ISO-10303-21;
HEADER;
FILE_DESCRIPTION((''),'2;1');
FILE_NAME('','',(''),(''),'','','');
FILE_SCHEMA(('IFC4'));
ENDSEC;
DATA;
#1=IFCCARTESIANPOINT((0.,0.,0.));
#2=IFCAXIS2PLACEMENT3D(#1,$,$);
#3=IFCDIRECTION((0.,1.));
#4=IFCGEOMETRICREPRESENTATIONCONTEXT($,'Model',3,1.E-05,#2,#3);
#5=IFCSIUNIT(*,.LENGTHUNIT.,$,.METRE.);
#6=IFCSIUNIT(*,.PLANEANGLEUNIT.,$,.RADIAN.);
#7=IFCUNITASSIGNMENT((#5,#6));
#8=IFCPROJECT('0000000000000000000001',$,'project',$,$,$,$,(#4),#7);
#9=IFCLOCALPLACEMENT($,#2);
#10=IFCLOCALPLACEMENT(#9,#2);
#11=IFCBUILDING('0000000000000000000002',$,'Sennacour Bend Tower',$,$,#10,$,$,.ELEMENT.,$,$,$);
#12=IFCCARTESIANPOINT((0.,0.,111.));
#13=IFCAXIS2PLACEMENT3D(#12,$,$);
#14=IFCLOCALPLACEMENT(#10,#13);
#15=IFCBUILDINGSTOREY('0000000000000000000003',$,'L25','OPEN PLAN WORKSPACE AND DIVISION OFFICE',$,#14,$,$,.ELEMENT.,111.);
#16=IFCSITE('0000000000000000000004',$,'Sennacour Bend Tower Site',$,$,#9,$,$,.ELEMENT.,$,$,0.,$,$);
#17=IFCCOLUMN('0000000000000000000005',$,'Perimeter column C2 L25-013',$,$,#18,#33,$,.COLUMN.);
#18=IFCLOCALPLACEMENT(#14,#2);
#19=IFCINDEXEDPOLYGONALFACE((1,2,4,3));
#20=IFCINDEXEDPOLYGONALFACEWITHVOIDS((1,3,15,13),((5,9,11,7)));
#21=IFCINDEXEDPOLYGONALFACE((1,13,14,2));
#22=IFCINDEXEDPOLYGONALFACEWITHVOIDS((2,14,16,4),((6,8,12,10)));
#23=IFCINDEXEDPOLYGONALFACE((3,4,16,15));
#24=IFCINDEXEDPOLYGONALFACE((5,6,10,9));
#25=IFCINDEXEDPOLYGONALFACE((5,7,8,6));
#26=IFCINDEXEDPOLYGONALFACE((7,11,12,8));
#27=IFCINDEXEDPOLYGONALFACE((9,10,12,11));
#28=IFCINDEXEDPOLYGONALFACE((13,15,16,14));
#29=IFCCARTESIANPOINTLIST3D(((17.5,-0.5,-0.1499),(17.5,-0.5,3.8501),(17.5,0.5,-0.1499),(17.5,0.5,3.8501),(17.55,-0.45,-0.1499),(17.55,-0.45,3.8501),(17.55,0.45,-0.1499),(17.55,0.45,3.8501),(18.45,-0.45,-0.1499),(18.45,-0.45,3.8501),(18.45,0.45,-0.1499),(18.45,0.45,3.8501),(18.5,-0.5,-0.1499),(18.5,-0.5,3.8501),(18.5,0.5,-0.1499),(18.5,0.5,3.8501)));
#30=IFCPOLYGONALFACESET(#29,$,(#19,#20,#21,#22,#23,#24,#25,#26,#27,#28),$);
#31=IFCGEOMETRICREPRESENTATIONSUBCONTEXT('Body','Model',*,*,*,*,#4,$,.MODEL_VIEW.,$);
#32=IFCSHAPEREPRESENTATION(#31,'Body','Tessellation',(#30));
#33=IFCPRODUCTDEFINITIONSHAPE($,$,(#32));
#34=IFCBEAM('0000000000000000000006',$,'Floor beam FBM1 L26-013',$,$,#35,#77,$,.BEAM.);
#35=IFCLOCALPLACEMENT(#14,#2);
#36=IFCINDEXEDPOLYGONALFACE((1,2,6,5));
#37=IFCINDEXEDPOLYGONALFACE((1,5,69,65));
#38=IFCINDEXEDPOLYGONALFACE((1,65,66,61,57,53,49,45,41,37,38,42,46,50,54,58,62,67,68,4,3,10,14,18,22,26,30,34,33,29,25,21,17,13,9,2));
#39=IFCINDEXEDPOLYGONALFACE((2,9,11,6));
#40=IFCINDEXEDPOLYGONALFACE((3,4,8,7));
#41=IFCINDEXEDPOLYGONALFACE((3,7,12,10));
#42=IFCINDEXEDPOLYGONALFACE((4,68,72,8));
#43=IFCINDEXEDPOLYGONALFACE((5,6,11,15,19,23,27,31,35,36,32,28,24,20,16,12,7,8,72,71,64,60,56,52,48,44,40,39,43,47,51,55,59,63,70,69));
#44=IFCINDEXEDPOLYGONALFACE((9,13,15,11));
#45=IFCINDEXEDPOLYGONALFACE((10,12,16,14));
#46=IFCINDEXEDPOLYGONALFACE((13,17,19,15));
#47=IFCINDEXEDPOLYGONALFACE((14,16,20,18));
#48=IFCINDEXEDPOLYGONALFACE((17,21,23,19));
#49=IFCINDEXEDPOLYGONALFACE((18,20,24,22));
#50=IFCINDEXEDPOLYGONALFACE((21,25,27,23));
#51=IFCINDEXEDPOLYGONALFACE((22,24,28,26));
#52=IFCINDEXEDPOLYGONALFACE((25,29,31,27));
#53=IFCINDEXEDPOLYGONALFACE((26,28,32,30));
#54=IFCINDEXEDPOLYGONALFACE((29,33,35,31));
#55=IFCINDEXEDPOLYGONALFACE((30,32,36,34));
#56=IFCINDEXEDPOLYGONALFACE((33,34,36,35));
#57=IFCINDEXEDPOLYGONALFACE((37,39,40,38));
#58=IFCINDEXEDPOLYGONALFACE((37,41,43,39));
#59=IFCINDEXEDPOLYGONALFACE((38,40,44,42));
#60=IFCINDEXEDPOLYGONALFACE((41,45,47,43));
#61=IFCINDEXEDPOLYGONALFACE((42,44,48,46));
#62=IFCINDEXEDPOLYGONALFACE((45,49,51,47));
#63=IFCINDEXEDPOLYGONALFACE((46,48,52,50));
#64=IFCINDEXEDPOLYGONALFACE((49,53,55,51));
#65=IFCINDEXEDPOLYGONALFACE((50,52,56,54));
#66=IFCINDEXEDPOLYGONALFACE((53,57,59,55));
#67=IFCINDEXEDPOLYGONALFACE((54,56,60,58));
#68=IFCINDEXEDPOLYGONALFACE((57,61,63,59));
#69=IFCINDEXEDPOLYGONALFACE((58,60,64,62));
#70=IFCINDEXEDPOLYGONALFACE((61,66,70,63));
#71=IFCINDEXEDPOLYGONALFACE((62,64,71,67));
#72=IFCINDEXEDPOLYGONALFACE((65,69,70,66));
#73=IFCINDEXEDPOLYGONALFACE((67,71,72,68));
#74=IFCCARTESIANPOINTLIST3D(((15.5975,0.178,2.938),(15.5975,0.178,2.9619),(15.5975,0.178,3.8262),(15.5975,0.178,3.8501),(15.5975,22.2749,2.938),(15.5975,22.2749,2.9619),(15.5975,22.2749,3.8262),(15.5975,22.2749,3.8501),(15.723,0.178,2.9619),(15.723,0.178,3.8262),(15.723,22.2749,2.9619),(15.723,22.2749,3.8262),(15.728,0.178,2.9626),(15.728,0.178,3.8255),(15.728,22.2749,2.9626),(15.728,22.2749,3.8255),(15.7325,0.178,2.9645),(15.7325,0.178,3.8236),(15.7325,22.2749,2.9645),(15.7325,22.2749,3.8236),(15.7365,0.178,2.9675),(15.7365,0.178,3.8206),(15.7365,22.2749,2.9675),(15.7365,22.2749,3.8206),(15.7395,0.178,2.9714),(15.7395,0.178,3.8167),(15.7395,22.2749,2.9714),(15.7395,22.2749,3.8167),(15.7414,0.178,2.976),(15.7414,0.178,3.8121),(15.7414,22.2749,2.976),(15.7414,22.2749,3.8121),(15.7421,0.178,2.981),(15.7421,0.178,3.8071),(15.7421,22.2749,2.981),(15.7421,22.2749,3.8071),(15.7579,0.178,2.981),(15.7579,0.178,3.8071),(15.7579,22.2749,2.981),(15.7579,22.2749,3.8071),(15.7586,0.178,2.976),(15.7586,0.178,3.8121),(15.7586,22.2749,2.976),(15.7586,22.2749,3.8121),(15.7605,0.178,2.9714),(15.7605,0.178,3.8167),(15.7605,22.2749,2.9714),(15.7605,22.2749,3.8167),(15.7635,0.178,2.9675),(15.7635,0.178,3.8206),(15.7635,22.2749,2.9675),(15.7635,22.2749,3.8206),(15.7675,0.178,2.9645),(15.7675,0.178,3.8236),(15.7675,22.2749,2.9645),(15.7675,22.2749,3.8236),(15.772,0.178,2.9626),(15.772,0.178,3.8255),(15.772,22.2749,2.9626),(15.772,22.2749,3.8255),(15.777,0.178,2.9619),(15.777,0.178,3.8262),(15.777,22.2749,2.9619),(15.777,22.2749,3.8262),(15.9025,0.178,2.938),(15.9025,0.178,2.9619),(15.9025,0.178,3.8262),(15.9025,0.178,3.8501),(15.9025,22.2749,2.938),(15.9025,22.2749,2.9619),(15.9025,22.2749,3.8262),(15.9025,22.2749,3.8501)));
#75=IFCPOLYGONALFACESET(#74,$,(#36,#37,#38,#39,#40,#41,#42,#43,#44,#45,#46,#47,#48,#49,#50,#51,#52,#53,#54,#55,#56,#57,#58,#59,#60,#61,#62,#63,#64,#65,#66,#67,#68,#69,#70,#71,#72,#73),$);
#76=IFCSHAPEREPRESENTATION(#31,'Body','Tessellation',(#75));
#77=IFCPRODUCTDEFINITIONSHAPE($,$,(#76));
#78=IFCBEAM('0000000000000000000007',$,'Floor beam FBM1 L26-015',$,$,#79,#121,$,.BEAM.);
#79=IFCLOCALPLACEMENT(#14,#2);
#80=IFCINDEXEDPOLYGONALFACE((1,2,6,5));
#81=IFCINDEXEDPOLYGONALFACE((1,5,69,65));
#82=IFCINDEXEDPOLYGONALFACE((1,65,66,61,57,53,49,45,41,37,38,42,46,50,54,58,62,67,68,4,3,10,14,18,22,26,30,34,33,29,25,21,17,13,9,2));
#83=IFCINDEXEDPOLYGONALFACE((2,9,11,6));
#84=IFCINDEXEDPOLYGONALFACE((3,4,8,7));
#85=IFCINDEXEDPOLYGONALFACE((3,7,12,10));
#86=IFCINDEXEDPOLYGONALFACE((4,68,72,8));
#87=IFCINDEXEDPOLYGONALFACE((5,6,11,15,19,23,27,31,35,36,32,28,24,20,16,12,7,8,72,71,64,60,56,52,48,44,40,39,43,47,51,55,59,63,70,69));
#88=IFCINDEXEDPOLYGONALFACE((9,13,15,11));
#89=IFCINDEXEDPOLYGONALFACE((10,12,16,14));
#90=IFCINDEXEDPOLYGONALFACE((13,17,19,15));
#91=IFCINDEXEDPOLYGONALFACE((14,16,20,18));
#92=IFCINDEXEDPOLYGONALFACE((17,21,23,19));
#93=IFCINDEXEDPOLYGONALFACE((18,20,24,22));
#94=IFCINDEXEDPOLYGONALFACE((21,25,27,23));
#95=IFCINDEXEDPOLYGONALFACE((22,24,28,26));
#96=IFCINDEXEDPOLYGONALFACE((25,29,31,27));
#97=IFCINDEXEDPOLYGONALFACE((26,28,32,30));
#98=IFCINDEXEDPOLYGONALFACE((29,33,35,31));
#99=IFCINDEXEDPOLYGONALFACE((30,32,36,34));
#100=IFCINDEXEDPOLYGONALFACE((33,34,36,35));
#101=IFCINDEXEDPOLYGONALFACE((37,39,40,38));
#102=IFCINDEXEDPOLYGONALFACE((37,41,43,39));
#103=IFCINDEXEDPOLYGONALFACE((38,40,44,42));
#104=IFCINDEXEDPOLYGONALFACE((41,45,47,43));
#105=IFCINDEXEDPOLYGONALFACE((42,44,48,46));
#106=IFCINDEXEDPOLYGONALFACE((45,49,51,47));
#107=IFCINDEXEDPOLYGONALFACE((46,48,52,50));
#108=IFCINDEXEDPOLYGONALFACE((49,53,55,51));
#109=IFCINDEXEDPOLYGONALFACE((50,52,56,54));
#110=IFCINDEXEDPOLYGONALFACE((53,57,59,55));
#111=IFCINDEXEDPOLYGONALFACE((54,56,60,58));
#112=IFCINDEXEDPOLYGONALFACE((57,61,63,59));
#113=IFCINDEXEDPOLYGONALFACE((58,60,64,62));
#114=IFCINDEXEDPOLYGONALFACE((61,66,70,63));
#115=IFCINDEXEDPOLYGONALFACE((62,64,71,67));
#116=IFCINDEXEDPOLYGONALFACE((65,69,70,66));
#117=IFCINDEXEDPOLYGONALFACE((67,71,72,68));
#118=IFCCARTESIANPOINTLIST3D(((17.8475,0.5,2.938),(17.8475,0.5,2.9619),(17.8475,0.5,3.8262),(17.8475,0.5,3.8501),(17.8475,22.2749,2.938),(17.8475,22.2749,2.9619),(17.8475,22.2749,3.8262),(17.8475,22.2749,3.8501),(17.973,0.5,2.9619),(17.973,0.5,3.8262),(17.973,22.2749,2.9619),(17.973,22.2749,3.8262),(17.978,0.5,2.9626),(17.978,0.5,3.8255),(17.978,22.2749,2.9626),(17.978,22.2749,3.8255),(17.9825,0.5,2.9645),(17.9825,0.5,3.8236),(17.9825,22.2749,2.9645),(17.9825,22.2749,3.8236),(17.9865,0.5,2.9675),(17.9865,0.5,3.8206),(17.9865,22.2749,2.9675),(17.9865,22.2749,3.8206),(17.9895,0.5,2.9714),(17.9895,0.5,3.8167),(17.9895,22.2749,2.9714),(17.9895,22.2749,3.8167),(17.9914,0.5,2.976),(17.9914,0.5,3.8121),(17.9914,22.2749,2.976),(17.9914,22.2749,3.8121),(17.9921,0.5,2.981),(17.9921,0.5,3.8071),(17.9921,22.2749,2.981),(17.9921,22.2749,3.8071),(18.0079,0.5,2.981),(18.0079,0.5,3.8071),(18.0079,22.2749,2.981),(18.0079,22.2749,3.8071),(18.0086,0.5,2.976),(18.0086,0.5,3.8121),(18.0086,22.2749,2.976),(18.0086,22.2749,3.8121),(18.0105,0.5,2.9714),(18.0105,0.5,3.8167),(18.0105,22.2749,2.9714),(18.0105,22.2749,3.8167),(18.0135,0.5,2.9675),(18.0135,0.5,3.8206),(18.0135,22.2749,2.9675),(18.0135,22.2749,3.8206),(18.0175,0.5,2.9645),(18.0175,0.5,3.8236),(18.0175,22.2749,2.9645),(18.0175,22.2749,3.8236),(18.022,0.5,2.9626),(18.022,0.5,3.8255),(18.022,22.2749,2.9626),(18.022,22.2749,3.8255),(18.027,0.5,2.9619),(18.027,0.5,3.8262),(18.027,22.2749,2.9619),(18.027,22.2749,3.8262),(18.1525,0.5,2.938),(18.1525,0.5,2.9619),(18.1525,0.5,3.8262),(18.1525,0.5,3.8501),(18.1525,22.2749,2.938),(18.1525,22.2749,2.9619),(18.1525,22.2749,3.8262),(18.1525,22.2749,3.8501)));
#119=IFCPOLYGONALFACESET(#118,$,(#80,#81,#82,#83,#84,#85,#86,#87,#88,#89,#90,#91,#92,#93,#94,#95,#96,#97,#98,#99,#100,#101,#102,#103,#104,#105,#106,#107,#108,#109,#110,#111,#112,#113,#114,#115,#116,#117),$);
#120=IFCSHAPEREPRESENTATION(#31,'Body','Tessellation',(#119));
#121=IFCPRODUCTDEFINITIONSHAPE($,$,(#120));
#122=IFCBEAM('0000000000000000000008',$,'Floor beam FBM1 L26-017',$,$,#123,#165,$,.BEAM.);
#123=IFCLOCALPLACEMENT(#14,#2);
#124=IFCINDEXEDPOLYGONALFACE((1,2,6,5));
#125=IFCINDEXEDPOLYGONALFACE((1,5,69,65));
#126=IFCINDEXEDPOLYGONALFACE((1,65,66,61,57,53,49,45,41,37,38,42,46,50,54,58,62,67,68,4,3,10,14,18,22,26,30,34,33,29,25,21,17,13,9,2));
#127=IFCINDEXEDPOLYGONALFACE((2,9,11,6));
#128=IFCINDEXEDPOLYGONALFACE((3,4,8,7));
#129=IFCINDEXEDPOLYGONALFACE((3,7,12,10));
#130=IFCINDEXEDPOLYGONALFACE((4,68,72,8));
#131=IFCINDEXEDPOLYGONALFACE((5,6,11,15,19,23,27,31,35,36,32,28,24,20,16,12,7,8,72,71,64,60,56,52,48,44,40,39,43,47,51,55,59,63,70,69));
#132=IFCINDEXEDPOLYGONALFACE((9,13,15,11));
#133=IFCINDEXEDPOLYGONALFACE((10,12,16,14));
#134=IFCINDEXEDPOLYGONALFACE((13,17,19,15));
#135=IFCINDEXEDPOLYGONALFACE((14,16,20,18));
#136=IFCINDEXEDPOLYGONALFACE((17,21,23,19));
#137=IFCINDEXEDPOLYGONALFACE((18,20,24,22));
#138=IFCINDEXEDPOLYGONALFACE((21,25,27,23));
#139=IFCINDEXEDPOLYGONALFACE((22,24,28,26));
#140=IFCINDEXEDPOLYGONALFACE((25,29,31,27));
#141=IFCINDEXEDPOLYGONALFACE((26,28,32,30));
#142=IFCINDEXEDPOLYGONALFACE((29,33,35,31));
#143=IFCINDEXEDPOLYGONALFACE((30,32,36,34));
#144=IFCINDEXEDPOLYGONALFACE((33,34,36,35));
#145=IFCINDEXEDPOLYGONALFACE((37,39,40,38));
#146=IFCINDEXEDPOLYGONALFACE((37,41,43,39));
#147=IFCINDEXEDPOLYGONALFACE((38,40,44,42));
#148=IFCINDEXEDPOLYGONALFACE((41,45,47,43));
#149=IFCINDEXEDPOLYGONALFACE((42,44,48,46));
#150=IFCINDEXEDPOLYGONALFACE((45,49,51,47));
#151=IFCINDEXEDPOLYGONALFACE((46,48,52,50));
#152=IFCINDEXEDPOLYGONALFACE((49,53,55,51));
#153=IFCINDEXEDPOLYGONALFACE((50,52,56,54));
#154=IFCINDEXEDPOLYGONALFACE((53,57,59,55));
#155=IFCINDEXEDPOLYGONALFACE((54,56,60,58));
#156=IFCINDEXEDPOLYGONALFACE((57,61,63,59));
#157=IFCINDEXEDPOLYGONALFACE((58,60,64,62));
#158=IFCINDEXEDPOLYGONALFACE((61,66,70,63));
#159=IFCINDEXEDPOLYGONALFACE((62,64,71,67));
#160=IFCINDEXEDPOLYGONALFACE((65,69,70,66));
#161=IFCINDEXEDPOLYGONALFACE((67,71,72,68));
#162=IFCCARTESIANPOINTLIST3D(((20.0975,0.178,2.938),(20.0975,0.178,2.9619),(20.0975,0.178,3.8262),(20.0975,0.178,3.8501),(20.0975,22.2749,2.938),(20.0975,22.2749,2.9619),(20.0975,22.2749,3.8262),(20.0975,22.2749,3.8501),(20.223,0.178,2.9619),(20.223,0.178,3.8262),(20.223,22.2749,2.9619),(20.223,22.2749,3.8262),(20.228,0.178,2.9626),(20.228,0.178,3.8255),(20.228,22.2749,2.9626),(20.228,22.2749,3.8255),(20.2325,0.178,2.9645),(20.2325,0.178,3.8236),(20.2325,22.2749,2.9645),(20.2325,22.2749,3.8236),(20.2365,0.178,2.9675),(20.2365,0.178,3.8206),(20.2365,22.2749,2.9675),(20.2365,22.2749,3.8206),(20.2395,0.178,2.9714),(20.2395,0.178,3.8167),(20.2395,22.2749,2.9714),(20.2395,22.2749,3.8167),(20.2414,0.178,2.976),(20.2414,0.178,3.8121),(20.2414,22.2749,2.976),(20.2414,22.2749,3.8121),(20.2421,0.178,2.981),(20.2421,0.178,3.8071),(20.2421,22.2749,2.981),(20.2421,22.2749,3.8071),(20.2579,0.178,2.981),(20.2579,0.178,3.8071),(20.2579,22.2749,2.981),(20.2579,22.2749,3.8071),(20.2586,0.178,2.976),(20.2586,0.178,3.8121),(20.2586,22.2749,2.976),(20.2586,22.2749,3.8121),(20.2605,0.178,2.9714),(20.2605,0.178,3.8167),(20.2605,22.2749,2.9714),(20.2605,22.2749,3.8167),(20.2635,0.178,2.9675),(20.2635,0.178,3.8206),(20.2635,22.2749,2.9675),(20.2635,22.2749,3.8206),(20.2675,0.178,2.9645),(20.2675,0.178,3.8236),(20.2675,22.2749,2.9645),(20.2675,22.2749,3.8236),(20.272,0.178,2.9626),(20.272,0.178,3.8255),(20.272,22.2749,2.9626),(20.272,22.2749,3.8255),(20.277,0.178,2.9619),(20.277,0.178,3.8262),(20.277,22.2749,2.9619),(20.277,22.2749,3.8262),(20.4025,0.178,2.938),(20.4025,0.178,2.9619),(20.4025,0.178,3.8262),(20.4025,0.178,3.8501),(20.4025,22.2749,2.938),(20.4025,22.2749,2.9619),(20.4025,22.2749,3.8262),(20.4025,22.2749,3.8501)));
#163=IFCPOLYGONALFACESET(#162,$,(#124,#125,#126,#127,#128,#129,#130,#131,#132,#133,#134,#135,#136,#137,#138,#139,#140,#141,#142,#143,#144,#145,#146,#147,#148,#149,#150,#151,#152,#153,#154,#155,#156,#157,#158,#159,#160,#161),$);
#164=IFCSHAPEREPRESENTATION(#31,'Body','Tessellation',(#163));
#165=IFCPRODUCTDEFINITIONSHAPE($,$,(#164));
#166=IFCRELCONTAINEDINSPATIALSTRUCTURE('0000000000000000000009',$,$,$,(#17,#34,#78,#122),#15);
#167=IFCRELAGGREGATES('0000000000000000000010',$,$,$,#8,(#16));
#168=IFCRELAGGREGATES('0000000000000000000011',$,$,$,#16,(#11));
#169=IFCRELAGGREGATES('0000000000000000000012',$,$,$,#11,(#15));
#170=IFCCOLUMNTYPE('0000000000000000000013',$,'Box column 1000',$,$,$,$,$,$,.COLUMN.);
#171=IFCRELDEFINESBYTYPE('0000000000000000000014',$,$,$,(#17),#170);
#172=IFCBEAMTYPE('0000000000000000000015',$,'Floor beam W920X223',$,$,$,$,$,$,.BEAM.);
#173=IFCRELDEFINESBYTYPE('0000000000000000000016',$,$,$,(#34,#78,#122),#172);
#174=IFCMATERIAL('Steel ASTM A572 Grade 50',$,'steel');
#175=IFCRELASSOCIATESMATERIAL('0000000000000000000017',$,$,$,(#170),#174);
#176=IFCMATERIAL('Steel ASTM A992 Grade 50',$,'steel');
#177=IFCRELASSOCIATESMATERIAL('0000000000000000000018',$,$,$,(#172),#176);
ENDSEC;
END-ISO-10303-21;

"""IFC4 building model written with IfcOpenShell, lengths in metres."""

from ifc_helpers import new_model, si_unit, direction, frame, origin, origin_2d, place, context, subcontext, project, spatial, hollow_rectangle, i_section, extrude, material, material_profile, profile_set, type_object, element, save


model = new_model("IFC4")

# Units and contexts
model_context = context("Model", 3, precision=1e-05, world=origin(), true_north=direction((0.0, 1.0)))
body_context = subcontext(model_context, "Body", "Model", "MODEL_VIEW")
ifc_project = project(units=[si_unit("LENGTHUNIT", "METRE"), si_unit("PLANEANGLEUNIT", "RADIAN")], contexts=[model_context])

# Site, building, storey
site_placement = place(None, origin())
site = spatial("IfcSite", under=ifc_project, at=site_placement, Name="Sennacour Bend Tower Site", CompositionType="ELEMENT", RefElevation=0.0)
building_placement = place(site_placement, origin())
building = spatial("IfcBuilding", under=site, at=building_placement, Name="Sennacour Bend Tower", CompositionType="ELEMENT")
storey_placement = place(building_placement, frame((0.0, 0.0, 111.0)))
storey = spatial("IfcBuildingStorey", under=building, at=storey_placement, Name="L25", Description="OPEN PLAN WORKSPACE AND DIVISION OFFICE", CompositionType="ELEMENT", Elevation=111.0)

# Column
ifc_material_1 = material(Name="Steel ASTM A572 Grade 50", Category="steel")
ifc_material_profile_1 = material_profile(ifc_material_1, hollow_rectangle(XDim=1.0, YDim=1.0, WallThickness=0.05, at=origin_2d()), Name="Steel ASTM A572 Grade 50", Category="steel")
ifc_profile_set_1 = profile_set([ifc_material_profile_1], Name="Steel ASTM A572 Grade 50")
column_type = type_object("IfcColumnType", Name="Box column 1000", PredefinedType="COLUMN", material=ifc_profile_set_1)
column_placement = place(storey_placement, frame((18.0, 0.0, -0.1499), z_axis=(0.0, 0.0, 1.0), x_axis=(1.0, 0.0, 0.0)))
element("IfcColumn", 1, at=column_placement, inside=storey, type_object=column_type, Name="Perimeter column C2 L25-013", PredefinedType="COLUMN", context=body_context, shape_type="SweptSolid", body=[
    extrude(hollow_rectangle(XDim=1.0, YDim=1.0, WallThickness=0.05, at=origin_2d()), origin(), (0.0, 0.0, 1.0), 4.0),
])

# Beams
ifc_material_2 = material(Name="Steel ASTM A992 Grade 50", Category="steel")
ifc_material_profile_2 = material_profile(ifc_material_2, i_section(OverallWidth=0.3049, OverallDepth=0.9121, WebThickness=0.0159, FlangeThickness=0.0239, FilletRadius=0.019, at=origin_2d()), Name="Steel ASTM A992 Grade 50", Category="steel")
ifc_profile_set_2 = profile_set([ifc_material_profile_2], Name="Steel ASTM A992 Grade 50")
beam_type_1 = type_object("IfcBeamType", Name="Floor beam W920X223", PredefinedType="BEAM", material=ifc_profile_set_2)
beam_1_placement = place(storey_placement, frame((15.75, 0.178, 3.394), z_axis=(0.0, 1.0, 0.0), x_axis=(-1.0, 0.0, 0.0)))
element("IfcBeam", 2, at=beam_1_placement, inside=storey, type_object=beam_type_1, Name="Floor beam FBM1 L26-013", PredefinedType="BEAM", context=body_context, shape_type="SweptSolid", body=[
    extrude(i_section(OverallWidth=0.3049, OverallDepth=0.9121, WebThickness=0.0159, FlangeThickness=0.0239, FilletRadius=0.019, at=origin_2d()), origin(), (0.0, 0.0, 1.0), 22.0969),
])
beam_2_placement = place(storey_placement, frame((18.0, 0.5, 3.394), z_axis=(0.0, 1.0, 0.0), x_axis=(-1.0, 0.0, 0.0)))
element("IfcBeam", 3, at=beam_2_placement, inside=storey, type_object=beam_type_1, Name="Floor beam FBM1 L26-015", PredefinedType="BEAM", context=body_context, shape_type="SweptSolid", body=[
    extrude(i_section(OverallWidth=0.3049, OverallDepth=0.9121, WebThickness=0.0159, FlangeThickness=0.0239, FilletRadius=0.019, at=origin_2d()), origin(), (0.0, 0.0, 1.0), 21.7749),
])
beam_3_placement = place(storey_placement, frame((20.25, 0.178, 3.394), z_axis=(0.0, 1.0, 0.0), x_axis=(-1.0, 0.0, 0.0)))
element("IfcBeam", 4, at=beam_3_placement, inside=storey, type_object=beam_type_1, Name="Floor beam FBM1 L26-017", PredefinedType="BEAM", context=body_context, shape_type="SweptSolid", body=[
    extrude(i_section(OverallWidth=0.3049, OverallDepth=0.9121, WebThickness=0.0159, FlangeThickness=0.0239, FilletRadius=0.019, at=origin_2d()), origin(), (0.0, 0.0, 1.0), 22.0969),
])

save(model, "model.ifc")
